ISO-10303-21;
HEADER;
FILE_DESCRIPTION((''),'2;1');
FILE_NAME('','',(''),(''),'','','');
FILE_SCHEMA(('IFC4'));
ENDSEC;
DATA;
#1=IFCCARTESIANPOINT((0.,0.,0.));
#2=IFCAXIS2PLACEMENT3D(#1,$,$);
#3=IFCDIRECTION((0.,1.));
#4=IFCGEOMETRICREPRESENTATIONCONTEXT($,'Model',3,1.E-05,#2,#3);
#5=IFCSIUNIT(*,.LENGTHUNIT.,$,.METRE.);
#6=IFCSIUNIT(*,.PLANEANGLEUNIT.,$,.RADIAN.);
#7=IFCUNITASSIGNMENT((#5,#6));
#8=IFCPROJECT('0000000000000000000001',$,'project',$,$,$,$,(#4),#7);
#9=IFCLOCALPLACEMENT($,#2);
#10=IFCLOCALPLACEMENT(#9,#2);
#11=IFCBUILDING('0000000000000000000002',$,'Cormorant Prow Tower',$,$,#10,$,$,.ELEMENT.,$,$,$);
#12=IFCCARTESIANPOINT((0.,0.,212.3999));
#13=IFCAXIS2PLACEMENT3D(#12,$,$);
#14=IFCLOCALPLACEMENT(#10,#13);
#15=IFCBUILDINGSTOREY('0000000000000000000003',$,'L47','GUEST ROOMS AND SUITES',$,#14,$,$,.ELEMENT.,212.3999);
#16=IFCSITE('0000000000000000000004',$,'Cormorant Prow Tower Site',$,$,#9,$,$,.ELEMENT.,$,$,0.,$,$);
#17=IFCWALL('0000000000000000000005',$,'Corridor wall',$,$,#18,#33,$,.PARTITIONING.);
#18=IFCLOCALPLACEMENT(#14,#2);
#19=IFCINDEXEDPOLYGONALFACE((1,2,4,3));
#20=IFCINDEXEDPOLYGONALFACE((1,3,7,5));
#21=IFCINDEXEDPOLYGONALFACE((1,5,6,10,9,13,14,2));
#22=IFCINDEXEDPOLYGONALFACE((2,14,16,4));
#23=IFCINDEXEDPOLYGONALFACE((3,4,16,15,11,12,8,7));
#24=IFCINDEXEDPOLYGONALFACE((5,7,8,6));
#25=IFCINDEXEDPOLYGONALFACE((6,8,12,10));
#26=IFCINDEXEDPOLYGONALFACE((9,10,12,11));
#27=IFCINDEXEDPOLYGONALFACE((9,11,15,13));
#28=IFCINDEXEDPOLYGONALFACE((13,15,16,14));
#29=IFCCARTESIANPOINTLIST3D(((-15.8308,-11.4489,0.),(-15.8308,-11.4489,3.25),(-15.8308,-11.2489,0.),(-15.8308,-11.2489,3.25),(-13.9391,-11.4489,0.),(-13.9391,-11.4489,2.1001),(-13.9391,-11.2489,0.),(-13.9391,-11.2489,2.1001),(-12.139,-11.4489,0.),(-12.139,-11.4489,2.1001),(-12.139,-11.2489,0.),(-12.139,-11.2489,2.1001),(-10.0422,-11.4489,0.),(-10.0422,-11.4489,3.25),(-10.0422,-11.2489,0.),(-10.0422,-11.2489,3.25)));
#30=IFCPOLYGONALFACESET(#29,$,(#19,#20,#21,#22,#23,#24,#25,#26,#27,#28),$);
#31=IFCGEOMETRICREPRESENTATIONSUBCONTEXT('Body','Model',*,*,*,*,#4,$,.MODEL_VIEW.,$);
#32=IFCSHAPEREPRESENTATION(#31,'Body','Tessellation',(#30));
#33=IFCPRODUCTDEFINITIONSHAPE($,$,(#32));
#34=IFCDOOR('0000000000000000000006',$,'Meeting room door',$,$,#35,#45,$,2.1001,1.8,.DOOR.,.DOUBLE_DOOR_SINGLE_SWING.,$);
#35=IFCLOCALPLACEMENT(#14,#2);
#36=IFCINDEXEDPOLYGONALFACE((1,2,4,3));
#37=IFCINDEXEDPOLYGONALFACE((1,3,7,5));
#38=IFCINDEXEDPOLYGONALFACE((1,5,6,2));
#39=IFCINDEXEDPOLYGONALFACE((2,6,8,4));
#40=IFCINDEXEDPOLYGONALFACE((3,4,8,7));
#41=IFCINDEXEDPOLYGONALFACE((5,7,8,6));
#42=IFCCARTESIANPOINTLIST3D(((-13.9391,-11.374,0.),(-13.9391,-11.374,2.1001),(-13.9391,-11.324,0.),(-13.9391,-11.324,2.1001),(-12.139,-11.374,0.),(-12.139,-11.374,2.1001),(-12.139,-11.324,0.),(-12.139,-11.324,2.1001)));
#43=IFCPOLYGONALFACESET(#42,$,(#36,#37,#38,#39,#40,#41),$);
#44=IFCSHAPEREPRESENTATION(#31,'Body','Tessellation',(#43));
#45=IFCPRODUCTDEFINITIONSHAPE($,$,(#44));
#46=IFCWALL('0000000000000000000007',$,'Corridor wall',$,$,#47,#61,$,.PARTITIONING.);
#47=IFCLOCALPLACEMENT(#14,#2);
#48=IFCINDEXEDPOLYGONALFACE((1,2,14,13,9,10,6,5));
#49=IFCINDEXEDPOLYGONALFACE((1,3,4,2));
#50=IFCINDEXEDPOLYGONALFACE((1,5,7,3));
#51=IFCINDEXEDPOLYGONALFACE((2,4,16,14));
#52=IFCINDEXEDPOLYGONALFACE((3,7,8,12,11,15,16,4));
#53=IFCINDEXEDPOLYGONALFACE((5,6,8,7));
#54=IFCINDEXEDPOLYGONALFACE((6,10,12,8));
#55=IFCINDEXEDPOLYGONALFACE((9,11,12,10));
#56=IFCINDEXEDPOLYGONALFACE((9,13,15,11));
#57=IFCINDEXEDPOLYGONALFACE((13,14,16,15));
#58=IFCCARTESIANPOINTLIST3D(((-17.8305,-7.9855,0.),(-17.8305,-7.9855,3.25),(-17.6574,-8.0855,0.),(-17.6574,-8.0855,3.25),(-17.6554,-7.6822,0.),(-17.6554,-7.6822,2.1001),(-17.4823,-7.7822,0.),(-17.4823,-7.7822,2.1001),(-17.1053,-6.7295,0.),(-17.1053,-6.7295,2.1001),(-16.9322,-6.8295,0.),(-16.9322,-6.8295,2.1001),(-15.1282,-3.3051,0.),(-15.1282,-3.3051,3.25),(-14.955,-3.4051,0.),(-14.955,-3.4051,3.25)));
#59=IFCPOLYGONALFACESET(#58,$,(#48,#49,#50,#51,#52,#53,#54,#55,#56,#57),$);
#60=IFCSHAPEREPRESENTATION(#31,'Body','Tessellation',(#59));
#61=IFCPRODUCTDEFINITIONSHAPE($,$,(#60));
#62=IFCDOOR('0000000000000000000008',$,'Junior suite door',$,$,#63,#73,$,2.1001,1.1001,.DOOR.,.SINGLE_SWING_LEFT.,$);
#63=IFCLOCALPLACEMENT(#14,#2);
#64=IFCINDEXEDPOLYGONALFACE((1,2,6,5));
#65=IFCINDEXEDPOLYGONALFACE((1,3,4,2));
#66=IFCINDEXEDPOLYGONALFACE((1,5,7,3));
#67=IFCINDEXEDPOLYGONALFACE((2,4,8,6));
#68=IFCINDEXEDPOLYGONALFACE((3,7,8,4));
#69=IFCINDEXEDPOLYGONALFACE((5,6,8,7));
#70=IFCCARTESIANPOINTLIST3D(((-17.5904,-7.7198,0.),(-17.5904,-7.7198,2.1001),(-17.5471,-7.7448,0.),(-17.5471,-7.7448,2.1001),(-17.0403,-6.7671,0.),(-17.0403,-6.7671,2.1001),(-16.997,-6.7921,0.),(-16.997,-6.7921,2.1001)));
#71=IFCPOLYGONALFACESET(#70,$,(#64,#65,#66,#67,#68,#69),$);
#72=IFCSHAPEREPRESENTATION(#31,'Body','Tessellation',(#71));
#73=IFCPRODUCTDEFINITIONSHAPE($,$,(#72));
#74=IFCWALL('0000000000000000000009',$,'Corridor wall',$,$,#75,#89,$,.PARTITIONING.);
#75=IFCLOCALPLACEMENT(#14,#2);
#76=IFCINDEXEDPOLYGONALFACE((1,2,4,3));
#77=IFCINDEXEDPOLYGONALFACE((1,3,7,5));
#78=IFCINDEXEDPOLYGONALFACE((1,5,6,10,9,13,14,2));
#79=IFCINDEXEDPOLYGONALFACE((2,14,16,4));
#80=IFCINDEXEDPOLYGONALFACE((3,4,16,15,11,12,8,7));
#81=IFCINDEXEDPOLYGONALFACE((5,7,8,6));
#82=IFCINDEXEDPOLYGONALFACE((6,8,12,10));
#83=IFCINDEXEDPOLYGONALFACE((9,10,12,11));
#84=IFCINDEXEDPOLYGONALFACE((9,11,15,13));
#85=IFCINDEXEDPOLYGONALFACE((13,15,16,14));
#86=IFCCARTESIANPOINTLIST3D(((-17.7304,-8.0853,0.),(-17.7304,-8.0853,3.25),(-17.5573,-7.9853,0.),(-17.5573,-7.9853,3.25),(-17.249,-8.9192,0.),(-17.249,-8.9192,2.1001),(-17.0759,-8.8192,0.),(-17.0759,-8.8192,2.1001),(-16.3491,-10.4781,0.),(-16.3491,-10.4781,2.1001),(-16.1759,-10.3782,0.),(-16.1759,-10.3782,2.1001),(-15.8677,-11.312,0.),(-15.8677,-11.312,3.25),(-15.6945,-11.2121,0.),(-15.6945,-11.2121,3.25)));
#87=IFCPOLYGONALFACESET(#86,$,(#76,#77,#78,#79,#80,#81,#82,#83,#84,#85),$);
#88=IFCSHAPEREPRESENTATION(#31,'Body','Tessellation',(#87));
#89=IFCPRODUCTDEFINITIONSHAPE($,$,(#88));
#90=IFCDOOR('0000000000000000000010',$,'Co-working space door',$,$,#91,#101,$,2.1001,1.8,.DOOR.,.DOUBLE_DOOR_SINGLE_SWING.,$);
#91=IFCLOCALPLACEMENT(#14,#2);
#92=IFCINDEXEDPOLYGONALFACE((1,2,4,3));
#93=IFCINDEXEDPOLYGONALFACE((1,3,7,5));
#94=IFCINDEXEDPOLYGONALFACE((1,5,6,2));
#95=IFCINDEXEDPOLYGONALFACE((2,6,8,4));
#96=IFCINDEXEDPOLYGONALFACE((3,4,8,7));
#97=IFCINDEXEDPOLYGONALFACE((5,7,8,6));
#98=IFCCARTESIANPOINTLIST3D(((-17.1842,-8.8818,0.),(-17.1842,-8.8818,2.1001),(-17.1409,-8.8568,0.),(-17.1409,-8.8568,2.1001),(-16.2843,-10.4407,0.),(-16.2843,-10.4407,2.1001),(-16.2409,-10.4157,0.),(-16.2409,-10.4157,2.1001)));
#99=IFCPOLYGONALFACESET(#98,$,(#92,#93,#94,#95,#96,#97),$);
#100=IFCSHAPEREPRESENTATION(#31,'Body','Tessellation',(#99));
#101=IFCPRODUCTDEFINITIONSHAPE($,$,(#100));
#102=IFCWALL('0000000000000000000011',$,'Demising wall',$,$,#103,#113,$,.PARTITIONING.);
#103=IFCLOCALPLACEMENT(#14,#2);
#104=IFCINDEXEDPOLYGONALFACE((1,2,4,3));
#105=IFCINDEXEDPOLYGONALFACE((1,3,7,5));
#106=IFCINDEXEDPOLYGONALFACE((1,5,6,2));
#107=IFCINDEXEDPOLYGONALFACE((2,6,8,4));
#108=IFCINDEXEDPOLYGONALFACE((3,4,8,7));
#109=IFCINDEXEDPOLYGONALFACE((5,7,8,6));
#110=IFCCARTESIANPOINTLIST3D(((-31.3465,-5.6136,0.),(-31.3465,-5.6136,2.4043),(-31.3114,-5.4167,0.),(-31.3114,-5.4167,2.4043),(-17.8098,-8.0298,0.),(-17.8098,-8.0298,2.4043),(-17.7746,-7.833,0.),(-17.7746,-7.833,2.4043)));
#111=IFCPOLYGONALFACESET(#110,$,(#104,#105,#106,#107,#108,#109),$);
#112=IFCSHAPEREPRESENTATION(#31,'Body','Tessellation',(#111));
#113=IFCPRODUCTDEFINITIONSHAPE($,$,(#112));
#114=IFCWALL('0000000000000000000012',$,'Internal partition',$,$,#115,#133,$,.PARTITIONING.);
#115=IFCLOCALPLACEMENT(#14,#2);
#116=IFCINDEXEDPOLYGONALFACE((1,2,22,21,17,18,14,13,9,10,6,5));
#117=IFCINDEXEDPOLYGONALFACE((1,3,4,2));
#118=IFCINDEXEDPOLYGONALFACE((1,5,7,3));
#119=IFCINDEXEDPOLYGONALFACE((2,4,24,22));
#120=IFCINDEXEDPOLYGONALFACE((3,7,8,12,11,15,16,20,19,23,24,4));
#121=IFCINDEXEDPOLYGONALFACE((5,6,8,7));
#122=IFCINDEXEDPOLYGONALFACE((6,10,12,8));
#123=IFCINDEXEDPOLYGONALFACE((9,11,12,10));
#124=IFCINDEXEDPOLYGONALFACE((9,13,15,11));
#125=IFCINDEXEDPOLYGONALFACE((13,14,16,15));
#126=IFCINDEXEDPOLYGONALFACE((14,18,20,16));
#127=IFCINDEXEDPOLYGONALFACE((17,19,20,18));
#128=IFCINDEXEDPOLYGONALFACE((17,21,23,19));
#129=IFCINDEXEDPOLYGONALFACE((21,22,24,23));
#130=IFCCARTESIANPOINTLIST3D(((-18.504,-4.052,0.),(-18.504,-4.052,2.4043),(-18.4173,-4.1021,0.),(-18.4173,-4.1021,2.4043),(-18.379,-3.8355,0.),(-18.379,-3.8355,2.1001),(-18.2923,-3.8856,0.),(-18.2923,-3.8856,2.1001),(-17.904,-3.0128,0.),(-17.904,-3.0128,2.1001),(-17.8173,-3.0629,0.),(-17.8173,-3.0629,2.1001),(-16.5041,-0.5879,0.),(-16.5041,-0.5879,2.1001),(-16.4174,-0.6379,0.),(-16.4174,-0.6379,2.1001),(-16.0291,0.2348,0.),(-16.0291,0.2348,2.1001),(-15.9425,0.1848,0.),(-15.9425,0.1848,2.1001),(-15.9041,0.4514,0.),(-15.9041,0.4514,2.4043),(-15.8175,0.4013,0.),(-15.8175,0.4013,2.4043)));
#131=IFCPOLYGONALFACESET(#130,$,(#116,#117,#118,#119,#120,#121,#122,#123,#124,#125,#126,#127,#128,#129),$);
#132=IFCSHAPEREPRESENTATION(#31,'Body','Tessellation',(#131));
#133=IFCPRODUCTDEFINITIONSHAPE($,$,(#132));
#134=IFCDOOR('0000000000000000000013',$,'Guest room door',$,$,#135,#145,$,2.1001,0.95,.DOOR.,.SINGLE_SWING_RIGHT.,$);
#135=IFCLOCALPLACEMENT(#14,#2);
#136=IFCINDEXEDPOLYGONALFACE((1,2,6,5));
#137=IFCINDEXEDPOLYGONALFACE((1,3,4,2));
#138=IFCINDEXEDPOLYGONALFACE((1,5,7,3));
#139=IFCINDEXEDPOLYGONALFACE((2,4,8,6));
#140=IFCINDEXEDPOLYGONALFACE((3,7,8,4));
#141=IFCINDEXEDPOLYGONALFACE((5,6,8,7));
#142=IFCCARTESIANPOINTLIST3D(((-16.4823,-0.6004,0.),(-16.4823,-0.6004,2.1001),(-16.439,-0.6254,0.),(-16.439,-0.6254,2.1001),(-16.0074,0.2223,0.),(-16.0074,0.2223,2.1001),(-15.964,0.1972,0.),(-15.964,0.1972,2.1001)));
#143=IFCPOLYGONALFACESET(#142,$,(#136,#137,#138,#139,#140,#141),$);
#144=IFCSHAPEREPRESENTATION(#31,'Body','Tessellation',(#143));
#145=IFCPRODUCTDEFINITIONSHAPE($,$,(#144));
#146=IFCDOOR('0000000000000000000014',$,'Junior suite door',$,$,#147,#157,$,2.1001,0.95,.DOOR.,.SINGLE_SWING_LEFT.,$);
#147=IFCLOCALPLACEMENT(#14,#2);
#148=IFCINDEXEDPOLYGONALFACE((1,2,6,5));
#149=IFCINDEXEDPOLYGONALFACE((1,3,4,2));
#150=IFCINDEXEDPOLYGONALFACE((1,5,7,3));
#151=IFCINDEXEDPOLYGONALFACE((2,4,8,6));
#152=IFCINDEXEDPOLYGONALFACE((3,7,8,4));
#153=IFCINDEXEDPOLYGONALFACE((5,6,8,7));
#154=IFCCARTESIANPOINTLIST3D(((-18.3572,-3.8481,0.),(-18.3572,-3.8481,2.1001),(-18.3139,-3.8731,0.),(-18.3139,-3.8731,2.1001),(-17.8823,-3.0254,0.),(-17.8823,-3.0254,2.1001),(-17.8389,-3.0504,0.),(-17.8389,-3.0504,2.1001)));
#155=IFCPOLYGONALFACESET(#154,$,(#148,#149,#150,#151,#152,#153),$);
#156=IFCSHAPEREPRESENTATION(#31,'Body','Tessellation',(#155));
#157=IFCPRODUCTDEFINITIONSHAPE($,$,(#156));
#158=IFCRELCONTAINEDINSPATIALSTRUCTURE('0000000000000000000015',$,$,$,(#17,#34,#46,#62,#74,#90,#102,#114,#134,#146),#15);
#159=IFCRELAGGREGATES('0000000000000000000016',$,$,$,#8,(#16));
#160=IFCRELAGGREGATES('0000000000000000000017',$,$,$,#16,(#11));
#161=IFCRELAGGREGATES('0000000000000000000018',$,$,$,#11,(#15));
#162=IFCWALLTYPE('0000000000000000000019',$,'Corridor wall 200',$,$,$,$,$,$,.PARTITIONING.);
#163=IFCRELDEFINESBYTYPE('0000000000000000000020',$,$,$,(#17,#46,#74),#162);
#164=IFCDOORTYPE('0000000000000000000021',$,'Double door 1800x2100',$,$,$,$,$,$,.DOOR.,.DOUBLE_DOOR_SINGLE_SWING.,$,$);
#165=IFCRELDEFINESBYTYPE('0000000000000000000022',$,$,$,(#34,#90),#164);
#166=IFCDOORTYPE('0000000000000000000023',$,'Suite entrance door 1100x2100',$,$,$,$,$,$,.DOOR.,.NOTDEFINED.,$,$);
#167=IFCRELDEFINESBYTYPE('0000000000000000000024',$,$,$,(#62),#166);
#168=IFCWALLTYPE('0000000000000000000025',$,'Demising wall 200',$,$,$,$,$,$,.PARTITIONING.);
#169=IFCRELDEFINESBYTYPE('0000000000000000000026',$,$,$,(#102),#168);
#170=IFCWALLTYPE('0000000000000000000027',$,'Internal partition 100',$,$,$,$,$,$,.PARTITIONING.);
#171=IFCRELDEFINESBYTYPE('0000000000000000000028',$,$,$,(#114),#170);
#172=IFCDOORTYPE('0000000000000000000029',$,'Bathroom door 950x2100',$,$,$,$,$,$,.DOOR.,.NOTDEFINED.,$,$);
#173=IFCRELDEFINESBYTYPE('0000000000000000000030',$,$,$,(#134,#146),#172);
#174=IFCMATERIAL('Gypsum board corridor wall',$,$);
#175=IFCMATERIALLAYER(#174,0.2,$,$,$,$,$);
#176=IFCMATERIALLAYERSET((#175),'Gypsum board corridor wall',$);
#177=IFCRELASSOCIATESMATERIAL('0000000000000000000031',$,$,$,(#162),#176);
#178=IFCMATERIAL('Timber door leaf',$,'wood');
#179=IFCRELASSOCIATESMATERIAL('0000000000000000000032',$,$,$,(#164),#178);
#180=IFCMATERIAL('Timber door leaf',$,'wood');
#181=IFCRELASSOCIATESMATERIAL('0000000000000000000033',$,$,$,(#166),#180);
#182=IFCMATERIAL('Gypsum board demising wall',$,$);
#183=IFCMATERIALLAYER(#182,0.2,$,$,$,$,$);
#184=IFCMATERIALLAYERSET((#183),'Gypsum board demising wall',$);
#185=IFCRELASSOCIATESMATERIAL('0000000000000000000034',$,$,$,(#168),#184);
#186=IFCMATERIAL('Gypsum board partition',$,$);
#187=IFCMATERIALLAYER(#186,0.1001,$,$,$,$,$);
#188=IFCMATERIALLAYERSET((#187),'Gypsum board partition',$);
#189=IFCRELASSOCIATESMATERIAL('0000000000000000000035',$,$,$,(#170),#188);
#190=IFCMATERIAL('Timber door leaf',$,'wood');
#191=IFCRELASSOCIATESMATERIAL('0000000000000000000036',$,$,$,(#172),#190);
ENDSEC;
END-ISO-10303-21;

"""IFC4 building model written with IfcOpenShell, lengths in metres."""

from ifc_helpers import new_model, si_unit, direction, frame, frame_2d, origin, place, context, subcontext, project, spatial, rectangle, extrude, material, layer, layer_set, type_object, element, fill, save


model = new_model("IFC4")

# Units and contexts
model_context = context("Model", 3, precision=1e-05, world=origin(), true_north=direction((0.0, 1.0)))
body_context = subcontext(model_context, "Body", "Model", "MODEL_VIEW")
ifc_project = project(units=[si_unit("LENGTHUNIT", "METRE"), si_unit("PLANEANGLEUNIT", "RADIAN")], contexts=[model_context])

# Site, building, storey
site_placement = place(None, origin())
site = spatial("IfcSite", under=ifc_project, at=site_placement, Name="Cormorant Prow Tower Site", CompositionType="ELEMENT", RefElevation=0.0)
building_placement = place(site_placement, origin())
building = spatial("IfcBuilding", under=site, at=building_placement, Name="Cormorant Prow Tower", CompositionType="ELEMENT")
storey_placement = place(building_placement, frame((0.0, 0.0, 212.3999)))
storey = spatial("IfcBuildingStorey", under=building, at=storey_placement, Name="L47", Description="GUEST ROOMS AND SUITES", CompositionType="ELEMENT", Elevation=212.3999)

# Walls, openings, doors
ifc_material_1 = material(Name="Gypsum board corridor wall")
ifc_layer_1 = layer(ifc_material_1, 0.2)
ifc_layer_set_1 = layer_set([ifc_layer_1], Name="Gypsum board corridor wall")
wall_type_1 = type_object("IfcWallType", Name="Corridor wall 200", PredefinedType="PARTITIONING", material=ifc_layer_set_1)
wall_1_placement = place(storey_placement, frame((-15.8308, -11.3489, 0.0), z_axis=(0.0, 0.0, 1.0), x_axis=(1.0, 0.0, 0.0)))
wall_1 = element("IfcWall", 1, at=wall_1_placement, inside=storey, type_object=wall_type_1, Name="Corridor wall", PredefinedType="PARTITIONING", context=body_context, shape_type="SweptSolid", body=[
    extrude(rectangle(XDim=5.7886, YDim=0.2, at=frame_2d((2.8943, 0.0))), origin(), (0.0, 0.0, 1.0), 3.25),
])
opening_1_placement = place(wall_1_placement, frame((1.8918, 0.0, 0.0)))
opening_1 = element("IfcOpeningElement", 2, at=opening_1_placement, cuts=wall_1, PredefinedType="OPENING", context=body_context, shape_type="SweptSolid", body=[
    extrude(rectangle(XDim=1.8, YDim=2.1001, at=frame_2d((0.8999, 1.05))), frame((0.0, 0.1099, 0.0), z_axis=(0.0, -1.0, 0.0), x_axis=(1.0, 0.0, 0.0)), (0.0, 0.0, 1.0), 0.22),
])
ifc_material_2 = material(Name="Timber door leaf", Category="wood")
door_type_1 = type_object("IfcDoorType", Name="Double door 1800x2100", OperationType="DOUBLE_DOOR_SINGLE_SWING", PredefinedType="DOOR", material=ifc_material_2)
door_1_placement = place(opening_1_placement, origin())
door_1 = element("IfcDoor", 3, at=door_1_placement, inside=storey, type_object=door_type_1, Name="Meeting room door", OperationType="DOUBLE_DOOR_SINGLE_SWING", OverallHeight=2.1001, OverallWidth=1.8, PredefinedType="DOOR", context=body_context, shape_type="SweptSolid", body=[
    extrude(rectangle(XDim=1.8, YDim=2.1001, at=frame_2d((0.8999, 1.05))), frame((0.0, 0.0249, 0.0), z_axis=(0.0, -1.0, 0.0), x_axis=(1.0, 0.0, 0.0)), (0.0, 0.0, 1.0), 0.05),
])
fill(opening_1, door_1)
wall_2_placement = place(storey_placement, frame((-17.7439, -8.0354, 0.0), z_axis=(0.0, 0.0, 1.0), x_axis=(0.500021, 0.866013, 0.0)))
wall_2 = element("IfcWall", 4, at=wall_2_placement, inside=storey, type_object=wall_type_1, Name="Corridor wall", PredefinedType="PARTITIONING", context=body_context, shape_type="SweptSolid", body=[
    extrude(rectangle(XDim=5.4045, YDim=0.2, at=frame_2d((2.7021, 0.0))), origin(), (0.0, 0.0, 1.0), 3.25),
])
opening_2_placement = place(wall_2_placement, frame((0.3501, 0.0, 0.0)))
opening_2 = element("IfcOpeningElement", 5, at=opening_2_placement, cuts=wall_2, PredefinedType="OPENING", context=body_context, shape_type="SweptSolid", body=[
    extrude(rectangle(XDim=1.1001, YDim=2.1001, at=frame_2d((0.55, 1.05))), frame((0.0, 0.1099, 0.0), z_axis=(0.0, -1.0, 0.0), x_axis=(1.0, 0.0, 0.0)), (0.0, 0.0, 1.0), 0.22),
])
ifc_material_3 = material(Name="Timber door leaf", Category="wood")
door_type_2 = type_object("IfcDoorType", Name="Suite entrance door 1100x2100", OperationType="NOTDEFINED", PredefinedType="DOOR", material=ifc_material_3)
door_2_placement = place(opening_2_placement, origin())
door_2 = element("IfcDoor", 6, at=door_2_placement, inside=storey, type_object=door_type_2, Name="Junior suite door", OperationType="SINGLE_SWING_LEFT", OverallHeight=2.1001, OverallWidth=1.1001, PredefinedType="DOOR", context=body_context, shape_type="SweptSolid", body=[
    extrude(rectangle(XDim=1.1001, YDim=2.1001, at=frame_2d((0.55, 1.05))), frame((0.0, 0.0249, 0.0), z_axis=(0.0, -1.0, 0.0), x_axis=(1.0, 0.0, 0.0)), (0.0, 0.0, 1.0), 0.05),
])
fill(opening_2, door_2)
wall_3_placement = place(storey_placement, frame((-17.6438, -8.0354, 0.0), z_axis=(0.0, 0.0, 1.0), x_axis=(0.499959, -0.866049, 0.0)))
wall_3 = element("IfcWall", 7, at=wall_3_placement, inside=storey, type_object=wall_type_1, Name="Corridor wall", PredefinedType="PARTITIONING", context=body_context, shape_type="SweptSolid", body=[
    extrude(rectangle(XDim=3.7258, YDim=0.2, at=frame_2d((1.8628, 0.0))), origin(), (0.0, 0.0, 1.0), 3.25),
])
opening_3_placement = place(wall_3_placement, frame((0.9629, 0.0, 0.0)))
opening_3 = element("IfcOpeningElement", 8, at=opening_3_placement, cuts=wall_3, PredefinedType="OPENING", context=body_context, shape_type="SweptSolid", body=[
    extrude(rectangle(XDim=1.8, YDim=2.1001, at=frame_2d((0.8999, 1.05))), frame((0.0, 0.1099, 0.0), z_axis=(0.0, -1.0, 0.0), x_axis=(1.0, 0.0, 0.0)), (0.0, 0.0, 1.0), 0.22),
])
door_3_placement = place(opening_3_placement, origin())
door_3 = element("IfcDoor", 9, at=door_3_placement, inside=storey, type_object=door_type_1, Name="Co-working space door", OperationType="DOUBLE_DOOR_SINGLE_SWING", OverallHeight=2.1001, OverallWidth=1.8, PredefinedType="DOOR", context=body_context, shape_type="SweptSolid", body=[
    extrude(rectangle(XDim=1.8, YDim=2.1001, at=frame_2d((0.8999, 1.05))), frame((0.0, 0.0249, 0.0), z_axis=(0.0, -1.0, 0.0), x_axis=(1.0, 0.0, 0.0)), (0.0, 0.0, 1.0), 0.05),
])
fill(opening_3, door_3)

# Wall
ifc_material_4 = material(Name="Gypsum board demising wall")
ifc_layer_2 = layer(ifc_material_4, 0.2)
ifc_layer_set_2 = layer_set([ifc_layer_2], Name="Gypsum board demising wall")
wall_type_2 = type_object("IfcWallType", Name="Demising wall 200", PredefinedType="PARTITIONING", material=ifc_layer_set_2)
wall_4_placement = place(storey_placement, frame((-31.3291, -5.5151, 0.0), z_axis=(0.0, 0.0, 1.0), x_axis=(0.984441, -0.175718, 0.0)))
element("IfcWall", 10, at=wall_4_placement, inside=storey, type_object=wall_type_2, Name="Demising wall", PredefinedType="PARTITIONING", context=body_context, shape_type="SweptSolid", body=[
    extrude(rectangle(XDim=13.7507, YDim=0.2, at=frame_2d((6.8755, 0.0))), origin(), (0.0, 0.0, 1.0), 2.4043),
])

# Wall, openings, doors
ifc_material_5 = material(Name="Gypsum board partition")
ifc_layer_3 = layer(ifc_material_5, 0.1001)
ifc_layer_set_3 = layer_set([ifc_layer_3], Name="Gypsum board partition")
wall_type_3 = type_object("IfcWallType", Name="Internal partition 100", PredefinedType="PARTITIONING", material=ifc_layer_set_3)
wall_5_placement = place(storey_placement, frame((-18.4607, -4.0771, 0.0), z_axis=(0.0, 0.0, 1.0), x_axis=(0.499972, 0.866042, 0.0)))
wall_5 = element("IfcWall", 11, at=wall_5_placement, inside=storey, type_object=wall_type_3, Name="Internal partition", PredefinedType="PARTITIONING", context=body_context, shape_type="SweptSolid", body=[
    extrude(rectangle(XDim=5.2, YDim=0.1001, at=frame_2d((2.6001, 0.0))), origin(), (0.0, 0.0, 1.0), 2.4043),
])
opening_4_placement = place(wall_5_placement, frame((4.0, 0.0, 0.0)))
opening_4 = element("IfcOpeningElement", 12, at=opening_4_placement, cuts=wall_5, PredefinedType="OPENING", context=body_context, shape_type="SweptSolid", body=[
    extrude(rectangle(XDim=0.95, YDim=2.1001, at=frame_2d((0.4751, 1.05))), frame((0.0, 0.0601, 0.0), z_axis=(0.0, -1.0, 0.0), x_axis=(1.0, 0.0, 0.0)), (0.0, 0.0, 1.0), 0.1201),
])
opening_5_placement = place(wall_5_placement, frame((0.25, 0.0, 0.0)))
opening_5 = element("IfcOpeningElement", 13, at=opening_5_placement, cuts=wall_5, PredefinedType="OPENING", context=body_context, shape_type="SweptSolid", body=[
    extrude(rectangle(XDim=0.95, YDim=2.1001, at=frame_2d((0.4751, 1.05))), frame((0.0, 0.0601, 0.0), z_axis=(0.0, -1.0, 0.0), x_axis=(1.0, 0.0, 0.0)), (0.0, 0.0, 1.0), 0.1201),
])
ifc_material_6 = material(Name="Timber door leaf", Category="wood")
door_type_3 = type_object("IfcDoorType", Name="Bathroom door 950x2100", OperationType="NOTDEFINED", PredefinedType="DOOR", material=ifc_material_6)
door_4_placement = place(opening_4_placement, origin())
door_4 = element("IfcDoor", 14, at=door_4_placement, inside=storey, type_object=door_type_3, Name="Guest room door", OperationType="SINGLE_SWING_RIGHT", OverallHeight=2.1001, OverallWidth=0.95, PredefinedType="DOOR", context=body_context, shape_type="SweptSolid", body=[
    extrude(rectangle(XDim=0.95, YDim=2.1001, at=frame_2d((0.4751, 1.05))), frame((0.0, 0.0249, 0.0), z_axis=(0.0, -1.0, 0.0), x_axis=(1.0, 0.0, 0.0)), (0.0, 0.0, 1.0), 0.05),
])
fill(opening_4, door_4)
door_5_placement = place(opening_5_placement, origin())
door_5 = element("IfcDoor", 15, at=door_5_placement, inside=storey, type_object=door_type_3, Name="Junior suite door", OperationType="SINGLE_SWING_LEFT", OverallHeight=2.1001, OverallWidth=0.95, PredefinedType="DOOR", context=body_context, shape_type="SweptSolid", body=[
    extrude(rectangle(XDim=0.95, YDim=2.1001, at=frame_2d((0.4751, 1.05))), frame((0.0, 0.0249, 0.0), z_axis=(0.0, -1.0, 0.0), x_axis=(1.0, 0.0, 0.0)), (0.0, 0.0, 1.0), 0.05),
])
fill(opening_5, door_5)

save(model, "model.ifc")
